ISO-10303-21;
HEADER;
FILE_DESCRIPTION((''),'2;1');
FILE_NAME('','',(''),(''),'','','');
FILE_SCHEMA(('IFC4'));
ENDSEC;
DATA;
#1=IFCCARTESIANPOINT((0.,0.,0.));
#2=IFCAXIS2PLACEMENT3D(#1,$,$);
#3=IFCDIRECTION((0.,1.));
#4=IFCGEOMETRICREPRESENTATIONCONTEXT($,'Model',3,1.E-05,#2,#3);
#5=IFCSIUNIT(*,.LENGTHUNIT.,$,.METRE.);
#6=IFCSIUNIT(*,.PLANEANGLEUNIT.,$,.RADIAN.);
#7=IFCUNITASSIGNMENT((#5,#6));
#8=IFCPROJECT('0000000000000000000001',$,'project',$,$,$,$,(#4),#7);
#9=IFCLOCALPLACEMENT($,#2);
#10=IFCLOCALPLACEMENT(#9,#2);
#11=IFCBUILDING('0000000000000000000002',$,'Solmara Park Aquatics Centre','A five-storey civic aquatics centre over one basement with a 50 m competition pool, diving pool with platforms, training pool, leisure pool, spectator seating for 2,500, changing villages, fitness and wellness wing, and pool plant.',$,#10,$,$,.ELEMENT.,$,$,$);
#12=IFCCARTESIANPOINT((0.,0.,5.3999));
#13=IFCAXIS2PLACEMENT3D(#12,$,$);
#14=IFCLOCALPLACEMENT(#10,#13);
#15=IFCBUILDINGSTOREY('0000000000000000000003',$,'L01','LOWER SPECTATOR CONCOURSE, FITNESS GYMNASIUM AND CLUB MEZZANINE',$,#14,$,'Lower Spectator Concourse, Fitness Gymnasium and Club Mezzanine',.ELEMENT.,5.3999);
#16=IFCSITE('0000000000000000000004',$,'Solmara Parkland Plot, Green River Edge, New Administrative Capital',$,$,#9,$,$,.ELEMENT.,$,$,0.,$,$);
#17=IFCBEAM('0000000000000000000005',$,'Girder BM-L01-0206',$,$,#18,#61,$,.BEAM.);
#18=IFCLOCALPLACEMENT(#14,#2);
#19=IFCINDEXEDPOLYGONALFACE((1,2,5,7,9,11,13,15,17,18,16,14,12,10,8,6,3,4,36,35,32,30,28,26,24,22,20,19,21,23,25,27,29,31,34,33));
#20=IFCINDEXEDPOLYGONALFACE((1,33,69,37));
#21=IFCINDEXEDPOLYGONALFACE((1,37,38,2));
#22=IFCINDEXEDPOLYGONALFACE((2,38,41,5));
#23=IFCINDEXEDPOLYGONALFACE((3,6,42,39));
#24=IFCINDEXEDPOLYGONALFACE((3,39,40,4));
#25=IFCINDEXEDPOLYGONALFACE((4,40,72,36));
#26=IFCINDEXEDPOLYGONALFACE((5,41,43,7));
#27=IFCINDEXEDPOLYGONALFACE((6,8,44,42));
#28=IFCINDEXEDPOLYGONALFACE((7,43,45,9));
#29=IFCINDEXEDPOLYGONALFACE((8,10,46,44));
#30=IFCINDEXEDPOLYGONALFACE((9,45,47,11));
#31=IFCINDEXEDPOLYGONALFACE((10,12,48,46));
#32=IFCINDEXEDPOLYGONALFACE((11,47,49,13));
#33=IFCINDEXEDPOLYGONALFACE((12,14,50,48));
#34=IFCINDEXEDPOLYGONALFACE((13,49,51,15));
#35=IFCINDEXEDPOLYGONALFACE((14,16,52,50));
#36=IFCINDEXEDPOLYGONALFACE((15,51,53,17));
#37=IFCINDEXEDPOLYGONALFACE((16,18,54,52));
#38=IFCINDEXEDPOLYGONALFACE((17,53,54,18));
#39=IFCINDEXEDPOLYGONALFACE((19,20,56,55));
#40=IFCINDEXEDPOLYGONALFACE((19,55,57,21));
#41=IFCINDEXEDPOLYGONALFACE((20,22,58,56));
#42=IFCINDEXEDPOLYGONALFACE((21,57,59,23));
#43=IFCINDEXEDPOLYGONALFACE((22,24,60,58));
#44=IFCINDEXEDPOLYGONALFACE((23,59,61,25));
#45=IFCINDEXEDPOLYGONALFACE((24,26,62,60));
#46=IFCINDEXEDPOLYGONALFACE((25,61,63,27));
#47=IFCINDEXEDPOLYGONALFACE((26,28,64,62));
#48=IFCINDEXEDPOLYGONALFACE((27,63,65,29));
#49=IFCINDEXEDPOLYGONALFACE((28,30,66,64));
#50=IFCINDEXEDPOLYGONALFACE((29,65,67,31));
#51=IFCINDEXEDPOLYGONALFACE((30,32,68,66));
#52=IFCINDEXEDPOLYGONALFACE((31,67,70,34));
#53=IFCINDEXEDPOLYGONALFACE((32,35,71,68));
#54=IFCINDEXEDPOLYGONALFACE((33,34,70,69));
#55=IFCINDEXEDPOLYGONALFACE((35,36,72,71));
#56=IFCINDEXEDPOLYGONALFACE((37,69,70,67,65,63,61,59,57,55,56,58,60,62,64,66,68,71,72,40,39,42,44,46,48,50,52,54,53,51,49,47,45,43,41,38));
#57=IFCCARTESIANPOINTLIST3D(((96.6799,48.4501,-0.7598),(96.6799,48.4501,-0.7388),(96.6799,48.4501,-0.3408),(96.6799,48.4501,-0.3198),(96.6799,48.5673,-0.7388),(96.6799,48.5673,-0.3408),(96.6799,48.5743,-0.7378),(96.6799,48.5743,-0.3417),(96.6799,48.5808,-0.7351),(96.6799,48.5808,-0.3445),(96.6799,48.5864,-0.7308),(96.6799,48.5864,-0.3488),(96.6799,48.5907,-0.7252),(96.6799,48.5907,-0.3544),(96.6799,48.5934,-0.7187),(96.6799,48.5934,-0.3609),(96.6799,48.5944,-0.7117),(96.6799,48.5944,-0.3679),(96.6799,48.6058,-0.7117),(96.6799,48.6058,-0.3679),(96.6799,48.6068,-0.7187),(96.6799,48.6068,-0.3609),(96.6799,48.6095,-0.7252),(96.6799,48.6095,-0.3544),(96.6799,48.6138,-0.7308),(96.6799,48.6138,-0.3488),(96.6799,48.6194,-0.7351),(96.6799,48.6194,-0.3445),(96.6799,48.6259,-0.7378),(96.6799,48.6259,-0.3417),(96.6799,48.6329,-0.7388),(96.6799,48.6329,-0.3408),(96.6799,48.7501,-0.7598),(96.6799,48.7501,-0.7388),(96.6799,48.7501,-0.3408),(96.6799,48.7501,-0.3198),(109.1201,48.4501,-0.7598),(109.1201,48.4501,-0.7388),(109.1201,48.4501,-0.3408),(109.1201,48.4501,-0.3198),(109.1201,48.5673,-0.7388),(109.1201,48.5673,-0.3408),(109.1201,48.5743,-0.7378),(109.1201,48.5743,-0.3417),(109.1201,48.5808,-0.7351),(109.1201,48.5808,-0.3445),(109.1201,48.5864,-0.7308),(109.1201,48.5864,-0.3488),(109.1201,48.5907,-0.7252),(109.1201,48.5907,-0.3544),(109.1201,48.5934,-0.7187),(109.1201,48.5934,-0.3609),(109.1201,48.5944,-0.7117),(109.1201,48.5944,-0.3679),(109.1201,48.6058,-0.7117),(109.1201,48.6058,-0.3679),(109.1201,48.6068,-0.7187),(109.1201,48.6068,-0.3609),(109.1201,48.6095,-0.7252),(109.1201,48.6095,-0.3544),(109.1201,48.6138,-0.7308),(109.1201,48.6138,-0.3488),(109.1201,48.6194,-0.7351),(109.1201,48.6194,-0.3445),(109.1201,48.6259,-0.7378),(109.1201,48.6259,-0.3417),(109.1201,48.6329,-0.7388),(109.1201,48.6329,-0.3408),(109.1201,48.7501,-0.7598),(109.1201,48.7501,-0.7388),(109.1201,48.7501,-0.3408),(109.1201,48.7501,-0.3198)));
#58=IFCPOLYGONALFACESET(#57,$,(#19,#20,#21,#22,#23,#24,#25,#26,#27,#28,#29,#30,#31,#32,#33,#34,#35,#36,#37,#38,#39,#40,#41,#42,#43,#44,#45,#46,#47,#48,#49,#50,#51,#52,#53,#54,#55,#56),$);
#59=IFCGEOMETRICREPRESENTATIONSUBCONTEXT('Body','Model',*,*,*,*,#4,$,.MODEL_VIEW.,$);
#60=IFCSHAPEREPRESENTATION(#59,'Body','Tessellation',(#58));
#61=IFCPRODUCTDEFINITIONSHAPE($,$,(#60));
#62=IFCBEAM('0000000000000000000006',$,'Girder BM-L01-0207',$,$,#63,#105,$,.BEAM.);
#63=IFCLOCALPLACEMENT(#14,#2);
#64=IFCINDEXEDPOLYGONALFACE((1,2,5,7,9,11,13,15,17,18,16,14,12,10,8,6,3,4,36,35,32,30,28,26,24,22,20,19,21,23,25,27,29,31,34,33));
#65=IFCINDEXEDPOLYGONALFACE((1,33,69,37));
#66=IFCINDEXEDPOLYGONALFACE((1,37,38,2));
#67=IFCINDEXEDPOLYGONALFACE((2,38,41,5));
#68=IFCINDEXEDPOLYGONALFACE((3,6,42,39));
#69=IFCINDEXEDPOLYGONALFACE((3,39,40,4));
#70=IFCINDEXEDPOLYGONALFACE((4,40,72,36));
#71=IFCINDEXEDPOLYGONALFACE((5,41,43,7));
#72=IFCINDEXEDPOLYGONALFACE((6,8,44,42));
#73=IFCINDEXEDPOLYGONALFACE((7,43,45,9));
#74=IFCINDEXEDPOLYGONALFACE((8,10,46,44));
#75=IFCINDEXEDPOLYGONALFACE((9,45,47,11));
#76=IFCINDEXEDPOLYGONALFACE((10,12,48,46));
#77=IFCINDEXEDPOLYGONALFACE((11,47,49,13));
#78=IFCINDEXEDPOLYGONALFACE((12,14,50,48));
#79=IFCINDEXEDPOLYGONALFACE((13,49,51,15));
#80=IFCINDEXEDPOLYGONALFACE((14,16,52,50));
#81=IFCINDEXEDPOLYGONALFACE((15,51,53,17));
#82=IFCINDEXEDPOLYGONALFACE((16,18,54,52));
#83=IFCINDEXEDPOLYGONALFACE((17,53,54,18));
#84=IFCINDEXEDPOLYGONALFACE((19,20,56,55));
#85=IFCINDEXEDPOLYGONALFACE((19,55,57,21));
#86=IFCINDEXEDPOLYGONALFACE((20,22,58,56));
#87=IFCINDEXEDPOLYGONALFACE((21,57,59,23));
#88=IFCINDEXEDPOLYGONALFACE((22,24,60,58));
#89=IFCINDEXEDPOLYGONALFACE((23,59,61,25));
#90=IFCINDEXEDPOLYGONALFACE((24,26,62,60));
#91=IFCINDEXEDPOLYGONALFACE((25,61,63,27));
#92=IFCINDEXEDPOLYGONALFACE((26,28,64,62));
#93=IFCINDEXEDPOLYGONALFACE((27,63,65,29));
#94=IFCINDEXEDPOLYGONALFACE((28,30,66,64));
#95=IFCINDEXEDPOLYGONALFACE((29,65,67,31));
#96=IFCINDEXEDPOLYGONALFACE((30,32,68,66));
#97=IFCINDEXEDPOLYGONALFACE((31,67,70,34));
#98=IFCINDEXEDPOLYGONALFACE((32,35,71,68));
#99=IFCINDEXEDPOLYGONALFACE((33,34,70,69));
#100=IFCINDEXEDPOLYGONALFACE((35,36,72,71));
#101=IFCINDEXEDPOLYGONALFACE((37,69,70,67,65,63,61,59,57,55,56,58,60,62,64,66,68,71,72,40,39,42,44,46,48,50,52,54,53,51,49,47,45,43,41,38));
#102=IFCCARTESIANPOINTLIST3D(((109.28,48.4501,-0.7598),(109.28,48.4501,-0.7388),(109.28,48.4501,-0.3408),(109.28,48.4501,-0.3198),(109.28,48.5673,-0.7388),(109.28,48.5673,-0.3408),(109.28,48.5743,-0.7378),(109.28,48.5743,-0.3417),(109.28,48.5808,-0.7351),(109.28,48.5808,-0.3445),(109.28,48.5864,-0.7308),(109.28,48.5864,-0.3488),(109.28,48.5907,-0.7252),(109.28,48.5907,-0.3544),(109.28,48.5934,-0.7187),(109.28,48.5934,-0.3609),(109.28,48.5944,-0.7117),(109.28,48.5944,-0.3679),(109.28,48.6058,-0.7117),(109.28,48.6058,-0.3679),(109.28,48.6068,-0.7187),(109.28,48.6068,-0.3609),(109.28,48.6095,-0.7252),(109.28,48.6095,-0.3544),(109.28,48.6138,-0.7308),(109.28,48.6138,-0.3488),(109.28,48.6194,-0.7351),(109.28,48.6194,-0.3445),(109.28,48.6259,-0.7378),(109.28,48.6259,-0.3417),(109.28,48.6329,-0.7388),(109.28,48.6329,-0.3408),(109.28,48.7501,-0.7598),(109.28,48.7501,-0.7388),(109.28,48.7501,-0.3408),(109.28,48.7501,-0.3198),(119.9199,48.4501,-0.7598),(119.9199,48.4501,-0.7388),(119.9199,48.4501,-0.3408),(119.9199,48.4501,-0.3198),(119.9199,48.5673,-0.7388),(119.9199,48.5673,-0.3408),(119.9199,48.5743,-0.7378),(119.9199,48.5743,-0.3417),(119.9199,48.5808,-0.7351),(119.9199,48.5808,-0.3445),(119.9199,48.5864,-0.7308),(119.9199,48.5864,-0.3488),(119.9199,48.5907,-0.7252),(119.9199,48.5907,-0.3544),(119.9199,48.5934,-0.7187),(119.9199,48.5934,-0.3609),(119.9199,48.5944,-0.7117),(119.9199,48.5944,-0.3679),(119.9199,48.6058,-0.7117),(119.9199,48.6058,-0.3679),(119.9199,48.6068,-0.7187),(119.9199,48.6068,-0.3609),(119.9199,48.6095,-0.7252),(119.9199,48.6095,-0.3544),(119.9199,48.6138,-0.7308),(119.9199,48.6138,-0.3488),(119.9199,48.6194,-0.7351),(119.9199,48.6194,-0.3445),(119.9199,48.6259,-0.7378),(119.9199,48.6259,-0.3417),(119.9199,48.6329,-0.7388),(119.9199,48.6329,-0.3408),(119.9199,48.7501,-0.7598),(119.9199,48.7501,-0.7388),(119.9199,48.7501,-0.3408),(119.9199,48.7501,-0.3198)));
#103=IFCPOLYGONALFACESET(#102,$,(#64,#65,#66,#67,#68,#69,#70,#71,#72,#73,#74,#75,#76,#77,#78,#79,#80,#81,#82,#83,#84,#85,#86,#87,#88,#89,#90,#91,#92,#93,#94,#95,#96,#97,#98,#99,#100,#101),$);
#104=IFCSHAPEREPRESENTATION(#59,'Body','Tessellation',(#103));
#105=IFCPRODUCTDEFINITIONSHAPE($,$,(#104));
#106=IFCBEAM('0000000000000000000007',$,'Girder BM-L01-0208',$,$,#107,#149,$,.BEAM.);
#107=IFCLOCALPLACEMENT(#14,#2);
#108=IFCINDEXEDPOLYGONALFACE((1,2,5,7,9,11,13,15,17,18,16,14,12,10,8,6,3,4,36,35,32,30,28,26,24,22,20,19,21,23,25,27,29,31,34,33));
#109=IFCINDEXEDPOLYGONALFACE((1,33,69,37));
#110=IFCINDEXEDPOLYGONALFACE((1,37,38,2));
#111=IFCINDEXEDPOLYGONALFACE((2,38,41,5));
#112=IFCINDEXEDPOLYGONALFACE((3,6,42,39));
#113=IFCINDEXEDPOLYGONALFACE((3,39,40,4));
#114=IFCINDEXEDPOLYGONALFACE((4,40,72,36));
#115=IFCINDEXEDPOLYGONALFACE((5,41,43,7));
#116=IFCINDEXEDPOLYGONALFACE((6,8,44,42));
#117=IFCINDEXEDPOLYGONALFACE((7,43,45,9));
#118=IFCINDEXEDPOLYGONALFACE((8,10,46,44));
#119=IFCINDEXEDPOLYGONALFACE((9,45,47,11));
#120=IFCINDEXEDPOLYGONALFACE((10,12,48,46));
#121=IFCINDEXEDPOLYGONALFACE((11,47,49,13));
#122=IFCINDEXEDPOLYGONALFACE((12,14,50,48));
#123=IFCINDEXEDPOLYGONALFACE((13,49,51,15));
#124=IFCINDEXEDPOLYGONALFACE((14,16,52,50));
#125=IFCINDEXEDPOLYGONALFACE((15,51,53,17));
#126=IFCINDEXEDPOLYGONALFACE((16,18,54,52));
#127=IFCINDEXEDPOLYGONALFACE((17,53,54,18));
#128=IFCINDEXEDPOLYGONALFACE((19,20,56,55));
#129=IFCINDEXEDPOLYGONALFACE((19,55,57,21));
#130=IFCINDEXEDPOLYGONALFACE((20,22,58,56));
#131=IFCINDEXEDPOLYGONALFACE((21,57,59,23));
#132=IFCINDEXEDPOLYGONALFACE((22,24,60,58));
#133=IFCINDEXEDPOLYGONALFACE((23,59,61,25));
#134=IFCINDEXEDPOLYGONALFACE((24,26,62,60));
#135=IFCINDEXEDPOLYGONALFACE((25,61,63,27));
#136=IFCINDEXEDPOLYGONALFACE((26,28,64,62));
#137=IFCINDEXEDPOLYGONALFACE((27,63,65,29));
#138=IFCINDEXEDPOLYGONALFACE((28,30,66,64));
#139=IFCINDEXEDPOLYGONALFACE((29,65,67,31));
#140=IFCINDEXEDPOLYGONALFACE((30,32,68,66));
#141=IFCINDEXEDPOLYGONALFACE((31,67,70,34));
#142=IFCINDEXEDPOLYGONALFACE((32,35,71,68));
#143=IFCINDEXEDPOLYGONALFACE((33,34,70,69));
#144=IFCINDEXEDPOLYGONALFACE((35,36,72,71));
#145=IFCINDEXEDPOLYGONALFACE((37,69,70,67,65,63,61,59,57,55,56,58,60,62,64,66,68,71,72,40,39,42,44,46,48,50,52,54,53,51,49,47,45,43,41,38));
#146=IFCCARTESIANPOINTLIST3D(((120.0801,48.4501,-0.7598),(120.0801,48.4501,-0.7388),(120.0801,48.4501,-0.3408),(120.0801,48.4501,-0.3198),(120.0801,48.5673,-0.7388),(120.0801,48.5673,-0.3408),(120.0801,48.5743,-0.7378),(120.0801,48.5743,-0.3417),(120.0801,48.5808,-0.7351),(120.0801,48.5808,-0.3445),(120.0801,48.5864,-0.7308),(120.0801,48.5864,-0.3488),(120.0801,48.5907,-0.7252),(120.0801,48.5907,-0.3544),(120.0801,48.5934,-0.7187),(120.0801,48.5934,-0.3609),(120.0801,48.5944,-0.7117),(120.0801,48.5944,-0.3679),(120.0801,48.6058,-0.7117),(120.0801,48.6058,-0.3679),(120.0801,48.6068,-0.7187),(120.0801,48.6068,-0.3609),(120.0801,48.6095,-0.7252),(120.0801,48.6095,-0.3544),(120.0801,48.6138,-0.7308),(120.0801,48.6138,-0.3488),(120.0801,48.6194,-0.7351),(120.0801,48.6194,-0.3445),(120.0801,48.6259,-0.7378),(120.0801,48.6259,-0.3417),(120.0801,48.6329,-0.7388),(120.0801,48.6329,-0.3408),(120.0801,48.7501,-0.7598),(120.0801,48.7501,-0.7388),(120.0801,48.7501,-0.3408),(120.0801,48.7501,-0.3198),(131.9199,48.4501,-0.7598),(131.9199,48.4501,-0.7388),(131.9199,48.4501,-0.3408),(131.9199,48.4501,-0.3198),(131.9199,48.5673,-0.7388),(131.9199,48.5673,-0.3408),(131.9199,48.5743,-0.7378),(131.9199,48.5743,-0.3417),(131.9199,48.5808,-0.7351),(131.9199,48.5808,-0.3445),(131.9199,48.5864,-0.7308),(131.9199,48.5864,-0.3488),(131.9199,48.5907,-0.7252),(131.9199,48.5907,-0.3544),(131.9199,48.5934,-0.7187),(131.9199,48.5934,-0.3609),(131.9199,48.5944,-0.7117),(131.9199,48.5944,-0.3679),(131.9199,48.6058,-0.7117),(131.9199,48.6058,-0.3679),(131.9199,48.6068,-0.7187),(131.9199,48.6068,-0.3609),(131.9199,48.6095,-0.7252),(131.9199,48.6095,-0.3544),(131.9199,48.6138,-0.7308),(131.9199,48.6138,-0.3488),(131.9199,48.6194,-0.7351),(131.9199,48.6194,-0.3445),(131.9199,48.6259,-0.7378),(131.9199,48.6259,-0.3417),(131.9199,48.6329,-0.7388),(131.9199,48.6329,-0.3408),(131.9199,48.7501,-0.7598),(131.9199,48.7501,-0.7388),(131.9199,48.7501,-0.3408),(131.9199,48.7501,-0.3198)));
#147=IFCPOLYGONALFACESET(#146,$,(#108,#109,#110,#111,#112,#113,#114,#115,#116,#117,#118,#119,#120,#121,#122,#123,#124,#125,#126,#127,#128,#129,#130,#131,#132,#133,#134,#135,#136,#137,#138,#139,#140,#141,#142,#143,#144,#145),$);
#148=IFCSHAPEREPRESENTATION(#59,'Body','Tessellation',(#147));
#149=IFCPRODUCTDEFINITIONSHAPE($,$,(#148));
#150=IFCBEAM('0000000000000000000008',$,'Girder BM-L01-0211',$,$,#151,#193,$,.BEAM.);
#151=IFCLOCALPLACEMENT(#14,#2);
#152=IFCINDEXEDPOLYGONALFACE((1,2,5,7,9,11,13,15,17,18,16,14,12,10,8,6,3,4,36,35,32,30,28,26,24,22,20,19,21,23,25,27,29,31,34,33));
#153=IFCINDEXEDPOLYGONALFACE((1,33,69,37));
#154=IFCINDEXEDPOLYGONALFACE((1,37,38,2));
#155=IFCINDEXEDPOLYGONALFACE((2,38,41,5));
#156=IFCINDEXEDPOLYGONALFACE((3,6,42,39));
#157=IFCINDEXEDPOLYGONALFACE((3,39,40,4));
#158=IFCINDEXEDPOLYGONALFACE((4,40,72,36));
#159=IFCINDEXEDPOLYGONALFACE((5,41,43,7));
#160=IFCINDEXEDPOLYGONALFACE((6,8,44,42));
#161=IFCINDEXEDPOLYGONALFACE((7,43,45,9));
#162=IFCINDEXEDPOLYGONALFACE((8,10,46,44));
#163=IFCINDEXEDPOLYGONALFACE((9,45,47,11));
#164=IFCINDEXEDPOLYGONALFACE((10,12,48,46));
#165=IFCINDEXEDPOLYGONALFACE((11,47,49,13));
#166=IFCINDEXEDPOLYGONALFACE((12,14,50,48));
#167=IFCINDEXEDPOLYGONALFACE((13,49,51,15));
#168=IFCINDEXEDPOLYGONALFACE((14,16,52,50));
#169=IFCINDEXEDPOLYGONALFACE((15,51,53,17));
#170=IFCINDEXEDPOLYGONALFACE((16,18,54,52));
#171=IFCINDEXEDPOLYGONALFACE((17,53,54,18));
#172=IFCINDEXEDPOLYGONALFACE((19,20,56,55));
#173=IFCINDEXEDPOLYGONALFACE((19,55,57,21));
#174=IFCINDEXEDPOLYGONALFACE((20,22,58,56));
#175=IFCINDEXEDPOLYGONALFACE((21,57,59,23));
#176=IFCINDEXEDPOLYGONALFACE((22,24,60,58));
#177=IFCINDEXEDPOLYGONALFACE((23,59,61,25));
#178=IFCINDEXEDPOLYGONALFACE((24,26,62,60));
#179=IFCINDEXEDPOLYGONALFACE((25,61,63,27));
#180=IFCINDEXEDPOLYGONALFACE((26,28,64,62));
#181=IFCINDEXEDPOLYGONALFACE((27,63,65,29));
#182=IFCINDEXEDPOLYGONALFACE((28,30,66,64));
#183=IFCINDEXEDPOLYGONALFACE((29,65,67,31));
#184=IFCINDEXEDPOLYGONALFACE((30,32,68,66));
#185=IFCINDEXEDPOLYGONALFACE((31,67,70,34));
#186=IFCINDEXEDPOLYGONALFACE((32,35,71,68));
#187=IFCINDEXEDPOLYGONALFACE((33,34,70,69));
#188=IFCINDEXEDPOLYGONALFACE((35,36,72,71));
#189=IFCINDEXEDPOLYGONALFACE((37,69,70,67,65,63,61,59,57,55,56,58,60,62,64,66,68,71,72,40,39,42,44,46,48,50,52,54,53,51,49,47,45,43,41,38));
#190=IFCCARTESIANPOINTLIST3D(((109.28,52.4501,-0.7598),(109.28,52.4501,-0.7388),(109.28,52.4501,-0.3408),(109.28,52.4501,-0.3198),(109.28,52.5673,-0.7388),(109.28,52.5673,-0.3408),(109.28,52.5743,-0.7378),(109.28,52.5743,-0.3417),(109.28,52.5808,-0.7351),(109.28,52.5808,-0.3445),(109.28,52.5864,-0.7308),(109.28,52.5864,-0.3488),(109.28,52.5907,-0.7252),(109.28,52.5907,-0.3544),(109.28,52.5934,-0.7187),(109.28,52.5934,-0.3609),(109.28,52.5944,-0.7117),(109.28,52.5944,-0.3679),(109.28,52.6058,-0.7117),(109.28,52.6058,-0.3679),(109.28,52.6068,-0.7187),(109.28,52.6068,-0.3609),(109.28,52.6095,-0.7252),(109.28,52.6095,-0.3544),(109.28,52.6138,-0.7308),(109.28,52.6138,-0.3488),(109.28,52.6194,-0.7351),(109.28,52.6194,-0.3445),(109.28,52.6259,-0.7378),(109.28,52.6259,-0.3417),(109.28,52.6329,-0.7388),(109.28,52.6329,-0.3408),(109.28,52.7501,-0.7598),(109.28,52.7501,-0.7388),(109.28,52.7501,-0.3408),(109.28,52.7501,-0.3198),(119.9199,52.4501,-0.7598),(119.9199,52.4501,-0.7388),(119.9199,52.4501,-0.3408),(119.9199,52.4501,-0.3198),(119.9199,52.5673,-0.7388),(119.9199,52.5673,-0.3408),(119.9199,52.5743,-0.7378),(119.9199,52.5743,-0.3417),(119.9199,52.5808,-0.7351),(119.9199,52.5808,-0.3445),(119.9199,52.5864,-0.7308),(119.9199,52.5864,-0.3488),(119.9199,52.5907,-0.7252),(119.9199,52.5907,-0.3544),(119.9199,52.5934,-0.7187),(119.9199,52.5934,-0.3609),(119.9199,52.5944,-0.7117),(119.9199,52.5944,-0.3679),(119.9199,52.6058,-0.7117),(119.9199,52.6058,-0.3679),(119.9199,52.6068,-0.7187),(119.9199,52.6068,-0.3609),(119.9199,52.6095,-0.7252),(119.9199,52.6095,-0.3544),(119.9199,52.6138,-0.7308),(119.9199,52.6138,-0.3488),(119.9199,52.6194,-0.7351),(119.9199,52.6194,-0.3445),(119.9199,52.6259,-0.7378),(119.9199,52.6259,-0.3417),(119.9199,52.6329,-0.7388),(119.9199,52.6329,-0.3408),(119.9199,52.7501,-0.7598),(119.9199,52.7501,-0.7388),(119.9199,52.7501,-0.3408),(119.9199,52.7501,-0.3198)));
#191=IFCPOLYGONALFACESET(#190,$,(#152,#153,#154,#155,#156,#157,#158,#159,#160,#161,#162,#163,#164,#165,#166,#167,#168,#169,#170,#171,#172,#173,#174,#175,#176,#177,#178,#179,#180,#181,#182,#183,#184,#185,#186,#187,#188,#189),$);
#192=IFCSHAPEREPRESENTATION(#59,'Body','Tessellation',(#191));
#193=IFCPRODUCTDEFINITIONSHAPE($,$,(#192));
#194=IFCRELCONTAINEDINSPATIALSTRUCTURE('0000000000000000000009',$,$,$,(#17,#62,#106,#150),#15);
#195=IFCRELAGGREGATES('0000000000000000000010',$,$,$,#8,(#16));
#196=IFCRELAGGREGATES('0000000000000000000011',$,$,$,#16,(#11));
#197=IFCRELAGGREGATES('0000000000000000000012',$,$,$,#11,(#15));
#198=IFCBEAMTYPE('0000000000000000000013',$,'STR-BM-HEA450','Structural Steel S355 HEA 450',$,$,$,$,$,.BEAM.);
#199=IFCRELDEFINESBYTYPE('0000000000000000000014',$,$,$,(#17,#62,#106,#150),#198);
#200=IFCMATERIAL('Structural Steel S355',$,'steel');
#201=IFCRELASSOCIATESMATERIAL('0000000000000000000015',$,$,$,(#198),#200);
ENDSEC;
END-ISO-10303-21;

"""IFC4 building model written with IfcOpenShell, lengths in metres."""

from ifc_helpers import new_model, si_unit, direction, frame, origin, origin_2d, place, context, subcontext, project, spatial, i_section, extrude, material, material_profile, profile_set, type_object, element, save


model = new_model("IFC4")

# Units and contexts
model_context = context("Model", 3, precision=1e-05, world=origin(), true_north=direction((0.0, 1.0)))
body_context = subcontext(model_context, "Body", "Model", "MODEL_VIEW")
ifc_project = project(units=[si_unit("LENGTHUNIT", "METRE"), si_unit("PLANEANGLEUNIT", "RADIAN")], contexts=[model_context])

# Site, building, storey
site_placement = place(None, origin())
site = spatial("IfcSite", under=ifc_project, at=site_placement, Name="Solmara Parkland Plot, Green River Edge, New Administrative Capital", CompositionType="ELEMENT", RefElevation=0.0)
building_placement = place(site_placement, origin())
building = spatial("IfcBuilding", under=site, at=building_placement, Name="Solmara Park Aquatics Centre", Description="A five-storey civic aquatics centre over one basement with a 50 m competition pool, diving pool with platforms, training pool, leisure pool, spectator seating for 2,500, changing villages, fitness and wellness wing, and pool plant.", CompositionType="ELEMENT")
storey_placement = place(building_placement, frame((0.0, 0.0, 5.3999)))
storey = spatial("IfcBuildingStorey", under=building, at=storey_placement, Name="L01", Description="LOWER SPECTATOR CONCOURSE, FITNESS GYMNASIUM AND CLUB MEZZANINE", LongName="Lower Spectator Concourse, Fitness Gymnasium and Club Mezzanine", CompositionType="ELEMENT", Elevation=5.3999)

# Shared definitions
ifc_material_1 = material(Name="Structural Steel S355", Category="steel")

# Beams
ifc_material_profile_1 = material_profile(ifc_material_1, i_section(OverallWidth=0.3, OverallDepth=0.4399, WebThickness=0.0115, FlangeThickness=0.021, FilletRadius=0.0271, at=origin_2d()), Name="HEA 450")
ifc_profile_set_1 = profile_set([ifc_material_profile_1], Name="Structural Steel S355")
beam_type_1 = type_object("IfcBeamType", Name="STR-BM-HEA450", Description="Structural Steel S355 HEA 450", PredefinedType="BEAM", material=ifc_profile_set_1)
beam_1_placement = place(storey_placement, frame((96.6799, 48.6001, -0.5398), z_axis=(1.0, 0.0, 0.0), x_axis=(0.0, 1.0, 0.0)))
element("IfcBeam", 1, at=beam_1_placement, inside=storey, type_object=beam_type_1, Name="Girder BM-L01-0206", PredefinedType="BEAM", context=body_context, shape_type="SweptSolid", body=[
    extrude(i_section(OverallWidth=0.3, OverallDepth=0.4399, WebThickness=0.0115, FlangeThickness=0.021, FilletRadius=0.0271, at=origin_2d()), origin(), (0.0, 0.0, 1.0), 12.4402),
])
beam_2_placement = place(storey_placement, frame((109.28, 48.6001, -0.5398), z_axis=(1.0, 0.0, 0.0), x_axis=(0.0, 1.0, 0.0)))
element("IfcBeam", 2, at=beam_2_placement, inside=storey, type_object=beam_type_1, Name="Girder BM-L01-0207", PredefinedType="BEAM", context=body_context, shape_type="SweptSolid", body=[
    extrude(i_section(OverallWidth=0.3, OverallDepth=0.4399, WebThickness=0.0115, FlangeThickness=0.021, FilletRadius=0.0271, at=origin_2d()), origin(), (0.0, 0.0, 1.0), 10.6399),
])
beam_3_placement = place(storey_placement, frame((120.0801, 48.6001, -0.5398), z_axis=(1.0, 0.0, 0.0), x_axis=(0.0, 1.0, 0.0)))
element("IfcBeam", 3, at=beam_3_placement, inside=storey, type_object=beam_type_1, Name="Girder BM-L01-0208", PredefinedType="BEAM", context=body_context, shape_type="SweptSolid", body=[
    extrude(i_section(OverallWidth=0.3, OverallDepth=0.4399, WebThickness=0.0115, FlangeThickness=0.021, FilletRadius=0.0271, at=origin_2d()), origin(), (0.0, 0.0, 1.0), 11.8398),
])
beam_4_placement = place(storey_placement, frame((109.28, 52.6001, -0.5398), z_axis=(1.0, 0.0, 0.0), x_axis=(0.0, 1.0, 0.0)))
element("IfcBeam", 4, at=beam_4_placement, inside=storey, type_object=beam_type_1, Name="Girder BM-L01-0211", PredefinedType="BEAM", context=body_context, shape_type="SweptSolid", body=[
    extrude(i_section(OverallWidth=0.3, OverallDepth=0.4399, WebThickness=0.0115, FlangeThickness=0.021, FilletRadius=0.0271, at=origin_2d()), origin(), (0.0, 0.0, 1.0), 10.6399),
])

save(model, "model.ifc")
